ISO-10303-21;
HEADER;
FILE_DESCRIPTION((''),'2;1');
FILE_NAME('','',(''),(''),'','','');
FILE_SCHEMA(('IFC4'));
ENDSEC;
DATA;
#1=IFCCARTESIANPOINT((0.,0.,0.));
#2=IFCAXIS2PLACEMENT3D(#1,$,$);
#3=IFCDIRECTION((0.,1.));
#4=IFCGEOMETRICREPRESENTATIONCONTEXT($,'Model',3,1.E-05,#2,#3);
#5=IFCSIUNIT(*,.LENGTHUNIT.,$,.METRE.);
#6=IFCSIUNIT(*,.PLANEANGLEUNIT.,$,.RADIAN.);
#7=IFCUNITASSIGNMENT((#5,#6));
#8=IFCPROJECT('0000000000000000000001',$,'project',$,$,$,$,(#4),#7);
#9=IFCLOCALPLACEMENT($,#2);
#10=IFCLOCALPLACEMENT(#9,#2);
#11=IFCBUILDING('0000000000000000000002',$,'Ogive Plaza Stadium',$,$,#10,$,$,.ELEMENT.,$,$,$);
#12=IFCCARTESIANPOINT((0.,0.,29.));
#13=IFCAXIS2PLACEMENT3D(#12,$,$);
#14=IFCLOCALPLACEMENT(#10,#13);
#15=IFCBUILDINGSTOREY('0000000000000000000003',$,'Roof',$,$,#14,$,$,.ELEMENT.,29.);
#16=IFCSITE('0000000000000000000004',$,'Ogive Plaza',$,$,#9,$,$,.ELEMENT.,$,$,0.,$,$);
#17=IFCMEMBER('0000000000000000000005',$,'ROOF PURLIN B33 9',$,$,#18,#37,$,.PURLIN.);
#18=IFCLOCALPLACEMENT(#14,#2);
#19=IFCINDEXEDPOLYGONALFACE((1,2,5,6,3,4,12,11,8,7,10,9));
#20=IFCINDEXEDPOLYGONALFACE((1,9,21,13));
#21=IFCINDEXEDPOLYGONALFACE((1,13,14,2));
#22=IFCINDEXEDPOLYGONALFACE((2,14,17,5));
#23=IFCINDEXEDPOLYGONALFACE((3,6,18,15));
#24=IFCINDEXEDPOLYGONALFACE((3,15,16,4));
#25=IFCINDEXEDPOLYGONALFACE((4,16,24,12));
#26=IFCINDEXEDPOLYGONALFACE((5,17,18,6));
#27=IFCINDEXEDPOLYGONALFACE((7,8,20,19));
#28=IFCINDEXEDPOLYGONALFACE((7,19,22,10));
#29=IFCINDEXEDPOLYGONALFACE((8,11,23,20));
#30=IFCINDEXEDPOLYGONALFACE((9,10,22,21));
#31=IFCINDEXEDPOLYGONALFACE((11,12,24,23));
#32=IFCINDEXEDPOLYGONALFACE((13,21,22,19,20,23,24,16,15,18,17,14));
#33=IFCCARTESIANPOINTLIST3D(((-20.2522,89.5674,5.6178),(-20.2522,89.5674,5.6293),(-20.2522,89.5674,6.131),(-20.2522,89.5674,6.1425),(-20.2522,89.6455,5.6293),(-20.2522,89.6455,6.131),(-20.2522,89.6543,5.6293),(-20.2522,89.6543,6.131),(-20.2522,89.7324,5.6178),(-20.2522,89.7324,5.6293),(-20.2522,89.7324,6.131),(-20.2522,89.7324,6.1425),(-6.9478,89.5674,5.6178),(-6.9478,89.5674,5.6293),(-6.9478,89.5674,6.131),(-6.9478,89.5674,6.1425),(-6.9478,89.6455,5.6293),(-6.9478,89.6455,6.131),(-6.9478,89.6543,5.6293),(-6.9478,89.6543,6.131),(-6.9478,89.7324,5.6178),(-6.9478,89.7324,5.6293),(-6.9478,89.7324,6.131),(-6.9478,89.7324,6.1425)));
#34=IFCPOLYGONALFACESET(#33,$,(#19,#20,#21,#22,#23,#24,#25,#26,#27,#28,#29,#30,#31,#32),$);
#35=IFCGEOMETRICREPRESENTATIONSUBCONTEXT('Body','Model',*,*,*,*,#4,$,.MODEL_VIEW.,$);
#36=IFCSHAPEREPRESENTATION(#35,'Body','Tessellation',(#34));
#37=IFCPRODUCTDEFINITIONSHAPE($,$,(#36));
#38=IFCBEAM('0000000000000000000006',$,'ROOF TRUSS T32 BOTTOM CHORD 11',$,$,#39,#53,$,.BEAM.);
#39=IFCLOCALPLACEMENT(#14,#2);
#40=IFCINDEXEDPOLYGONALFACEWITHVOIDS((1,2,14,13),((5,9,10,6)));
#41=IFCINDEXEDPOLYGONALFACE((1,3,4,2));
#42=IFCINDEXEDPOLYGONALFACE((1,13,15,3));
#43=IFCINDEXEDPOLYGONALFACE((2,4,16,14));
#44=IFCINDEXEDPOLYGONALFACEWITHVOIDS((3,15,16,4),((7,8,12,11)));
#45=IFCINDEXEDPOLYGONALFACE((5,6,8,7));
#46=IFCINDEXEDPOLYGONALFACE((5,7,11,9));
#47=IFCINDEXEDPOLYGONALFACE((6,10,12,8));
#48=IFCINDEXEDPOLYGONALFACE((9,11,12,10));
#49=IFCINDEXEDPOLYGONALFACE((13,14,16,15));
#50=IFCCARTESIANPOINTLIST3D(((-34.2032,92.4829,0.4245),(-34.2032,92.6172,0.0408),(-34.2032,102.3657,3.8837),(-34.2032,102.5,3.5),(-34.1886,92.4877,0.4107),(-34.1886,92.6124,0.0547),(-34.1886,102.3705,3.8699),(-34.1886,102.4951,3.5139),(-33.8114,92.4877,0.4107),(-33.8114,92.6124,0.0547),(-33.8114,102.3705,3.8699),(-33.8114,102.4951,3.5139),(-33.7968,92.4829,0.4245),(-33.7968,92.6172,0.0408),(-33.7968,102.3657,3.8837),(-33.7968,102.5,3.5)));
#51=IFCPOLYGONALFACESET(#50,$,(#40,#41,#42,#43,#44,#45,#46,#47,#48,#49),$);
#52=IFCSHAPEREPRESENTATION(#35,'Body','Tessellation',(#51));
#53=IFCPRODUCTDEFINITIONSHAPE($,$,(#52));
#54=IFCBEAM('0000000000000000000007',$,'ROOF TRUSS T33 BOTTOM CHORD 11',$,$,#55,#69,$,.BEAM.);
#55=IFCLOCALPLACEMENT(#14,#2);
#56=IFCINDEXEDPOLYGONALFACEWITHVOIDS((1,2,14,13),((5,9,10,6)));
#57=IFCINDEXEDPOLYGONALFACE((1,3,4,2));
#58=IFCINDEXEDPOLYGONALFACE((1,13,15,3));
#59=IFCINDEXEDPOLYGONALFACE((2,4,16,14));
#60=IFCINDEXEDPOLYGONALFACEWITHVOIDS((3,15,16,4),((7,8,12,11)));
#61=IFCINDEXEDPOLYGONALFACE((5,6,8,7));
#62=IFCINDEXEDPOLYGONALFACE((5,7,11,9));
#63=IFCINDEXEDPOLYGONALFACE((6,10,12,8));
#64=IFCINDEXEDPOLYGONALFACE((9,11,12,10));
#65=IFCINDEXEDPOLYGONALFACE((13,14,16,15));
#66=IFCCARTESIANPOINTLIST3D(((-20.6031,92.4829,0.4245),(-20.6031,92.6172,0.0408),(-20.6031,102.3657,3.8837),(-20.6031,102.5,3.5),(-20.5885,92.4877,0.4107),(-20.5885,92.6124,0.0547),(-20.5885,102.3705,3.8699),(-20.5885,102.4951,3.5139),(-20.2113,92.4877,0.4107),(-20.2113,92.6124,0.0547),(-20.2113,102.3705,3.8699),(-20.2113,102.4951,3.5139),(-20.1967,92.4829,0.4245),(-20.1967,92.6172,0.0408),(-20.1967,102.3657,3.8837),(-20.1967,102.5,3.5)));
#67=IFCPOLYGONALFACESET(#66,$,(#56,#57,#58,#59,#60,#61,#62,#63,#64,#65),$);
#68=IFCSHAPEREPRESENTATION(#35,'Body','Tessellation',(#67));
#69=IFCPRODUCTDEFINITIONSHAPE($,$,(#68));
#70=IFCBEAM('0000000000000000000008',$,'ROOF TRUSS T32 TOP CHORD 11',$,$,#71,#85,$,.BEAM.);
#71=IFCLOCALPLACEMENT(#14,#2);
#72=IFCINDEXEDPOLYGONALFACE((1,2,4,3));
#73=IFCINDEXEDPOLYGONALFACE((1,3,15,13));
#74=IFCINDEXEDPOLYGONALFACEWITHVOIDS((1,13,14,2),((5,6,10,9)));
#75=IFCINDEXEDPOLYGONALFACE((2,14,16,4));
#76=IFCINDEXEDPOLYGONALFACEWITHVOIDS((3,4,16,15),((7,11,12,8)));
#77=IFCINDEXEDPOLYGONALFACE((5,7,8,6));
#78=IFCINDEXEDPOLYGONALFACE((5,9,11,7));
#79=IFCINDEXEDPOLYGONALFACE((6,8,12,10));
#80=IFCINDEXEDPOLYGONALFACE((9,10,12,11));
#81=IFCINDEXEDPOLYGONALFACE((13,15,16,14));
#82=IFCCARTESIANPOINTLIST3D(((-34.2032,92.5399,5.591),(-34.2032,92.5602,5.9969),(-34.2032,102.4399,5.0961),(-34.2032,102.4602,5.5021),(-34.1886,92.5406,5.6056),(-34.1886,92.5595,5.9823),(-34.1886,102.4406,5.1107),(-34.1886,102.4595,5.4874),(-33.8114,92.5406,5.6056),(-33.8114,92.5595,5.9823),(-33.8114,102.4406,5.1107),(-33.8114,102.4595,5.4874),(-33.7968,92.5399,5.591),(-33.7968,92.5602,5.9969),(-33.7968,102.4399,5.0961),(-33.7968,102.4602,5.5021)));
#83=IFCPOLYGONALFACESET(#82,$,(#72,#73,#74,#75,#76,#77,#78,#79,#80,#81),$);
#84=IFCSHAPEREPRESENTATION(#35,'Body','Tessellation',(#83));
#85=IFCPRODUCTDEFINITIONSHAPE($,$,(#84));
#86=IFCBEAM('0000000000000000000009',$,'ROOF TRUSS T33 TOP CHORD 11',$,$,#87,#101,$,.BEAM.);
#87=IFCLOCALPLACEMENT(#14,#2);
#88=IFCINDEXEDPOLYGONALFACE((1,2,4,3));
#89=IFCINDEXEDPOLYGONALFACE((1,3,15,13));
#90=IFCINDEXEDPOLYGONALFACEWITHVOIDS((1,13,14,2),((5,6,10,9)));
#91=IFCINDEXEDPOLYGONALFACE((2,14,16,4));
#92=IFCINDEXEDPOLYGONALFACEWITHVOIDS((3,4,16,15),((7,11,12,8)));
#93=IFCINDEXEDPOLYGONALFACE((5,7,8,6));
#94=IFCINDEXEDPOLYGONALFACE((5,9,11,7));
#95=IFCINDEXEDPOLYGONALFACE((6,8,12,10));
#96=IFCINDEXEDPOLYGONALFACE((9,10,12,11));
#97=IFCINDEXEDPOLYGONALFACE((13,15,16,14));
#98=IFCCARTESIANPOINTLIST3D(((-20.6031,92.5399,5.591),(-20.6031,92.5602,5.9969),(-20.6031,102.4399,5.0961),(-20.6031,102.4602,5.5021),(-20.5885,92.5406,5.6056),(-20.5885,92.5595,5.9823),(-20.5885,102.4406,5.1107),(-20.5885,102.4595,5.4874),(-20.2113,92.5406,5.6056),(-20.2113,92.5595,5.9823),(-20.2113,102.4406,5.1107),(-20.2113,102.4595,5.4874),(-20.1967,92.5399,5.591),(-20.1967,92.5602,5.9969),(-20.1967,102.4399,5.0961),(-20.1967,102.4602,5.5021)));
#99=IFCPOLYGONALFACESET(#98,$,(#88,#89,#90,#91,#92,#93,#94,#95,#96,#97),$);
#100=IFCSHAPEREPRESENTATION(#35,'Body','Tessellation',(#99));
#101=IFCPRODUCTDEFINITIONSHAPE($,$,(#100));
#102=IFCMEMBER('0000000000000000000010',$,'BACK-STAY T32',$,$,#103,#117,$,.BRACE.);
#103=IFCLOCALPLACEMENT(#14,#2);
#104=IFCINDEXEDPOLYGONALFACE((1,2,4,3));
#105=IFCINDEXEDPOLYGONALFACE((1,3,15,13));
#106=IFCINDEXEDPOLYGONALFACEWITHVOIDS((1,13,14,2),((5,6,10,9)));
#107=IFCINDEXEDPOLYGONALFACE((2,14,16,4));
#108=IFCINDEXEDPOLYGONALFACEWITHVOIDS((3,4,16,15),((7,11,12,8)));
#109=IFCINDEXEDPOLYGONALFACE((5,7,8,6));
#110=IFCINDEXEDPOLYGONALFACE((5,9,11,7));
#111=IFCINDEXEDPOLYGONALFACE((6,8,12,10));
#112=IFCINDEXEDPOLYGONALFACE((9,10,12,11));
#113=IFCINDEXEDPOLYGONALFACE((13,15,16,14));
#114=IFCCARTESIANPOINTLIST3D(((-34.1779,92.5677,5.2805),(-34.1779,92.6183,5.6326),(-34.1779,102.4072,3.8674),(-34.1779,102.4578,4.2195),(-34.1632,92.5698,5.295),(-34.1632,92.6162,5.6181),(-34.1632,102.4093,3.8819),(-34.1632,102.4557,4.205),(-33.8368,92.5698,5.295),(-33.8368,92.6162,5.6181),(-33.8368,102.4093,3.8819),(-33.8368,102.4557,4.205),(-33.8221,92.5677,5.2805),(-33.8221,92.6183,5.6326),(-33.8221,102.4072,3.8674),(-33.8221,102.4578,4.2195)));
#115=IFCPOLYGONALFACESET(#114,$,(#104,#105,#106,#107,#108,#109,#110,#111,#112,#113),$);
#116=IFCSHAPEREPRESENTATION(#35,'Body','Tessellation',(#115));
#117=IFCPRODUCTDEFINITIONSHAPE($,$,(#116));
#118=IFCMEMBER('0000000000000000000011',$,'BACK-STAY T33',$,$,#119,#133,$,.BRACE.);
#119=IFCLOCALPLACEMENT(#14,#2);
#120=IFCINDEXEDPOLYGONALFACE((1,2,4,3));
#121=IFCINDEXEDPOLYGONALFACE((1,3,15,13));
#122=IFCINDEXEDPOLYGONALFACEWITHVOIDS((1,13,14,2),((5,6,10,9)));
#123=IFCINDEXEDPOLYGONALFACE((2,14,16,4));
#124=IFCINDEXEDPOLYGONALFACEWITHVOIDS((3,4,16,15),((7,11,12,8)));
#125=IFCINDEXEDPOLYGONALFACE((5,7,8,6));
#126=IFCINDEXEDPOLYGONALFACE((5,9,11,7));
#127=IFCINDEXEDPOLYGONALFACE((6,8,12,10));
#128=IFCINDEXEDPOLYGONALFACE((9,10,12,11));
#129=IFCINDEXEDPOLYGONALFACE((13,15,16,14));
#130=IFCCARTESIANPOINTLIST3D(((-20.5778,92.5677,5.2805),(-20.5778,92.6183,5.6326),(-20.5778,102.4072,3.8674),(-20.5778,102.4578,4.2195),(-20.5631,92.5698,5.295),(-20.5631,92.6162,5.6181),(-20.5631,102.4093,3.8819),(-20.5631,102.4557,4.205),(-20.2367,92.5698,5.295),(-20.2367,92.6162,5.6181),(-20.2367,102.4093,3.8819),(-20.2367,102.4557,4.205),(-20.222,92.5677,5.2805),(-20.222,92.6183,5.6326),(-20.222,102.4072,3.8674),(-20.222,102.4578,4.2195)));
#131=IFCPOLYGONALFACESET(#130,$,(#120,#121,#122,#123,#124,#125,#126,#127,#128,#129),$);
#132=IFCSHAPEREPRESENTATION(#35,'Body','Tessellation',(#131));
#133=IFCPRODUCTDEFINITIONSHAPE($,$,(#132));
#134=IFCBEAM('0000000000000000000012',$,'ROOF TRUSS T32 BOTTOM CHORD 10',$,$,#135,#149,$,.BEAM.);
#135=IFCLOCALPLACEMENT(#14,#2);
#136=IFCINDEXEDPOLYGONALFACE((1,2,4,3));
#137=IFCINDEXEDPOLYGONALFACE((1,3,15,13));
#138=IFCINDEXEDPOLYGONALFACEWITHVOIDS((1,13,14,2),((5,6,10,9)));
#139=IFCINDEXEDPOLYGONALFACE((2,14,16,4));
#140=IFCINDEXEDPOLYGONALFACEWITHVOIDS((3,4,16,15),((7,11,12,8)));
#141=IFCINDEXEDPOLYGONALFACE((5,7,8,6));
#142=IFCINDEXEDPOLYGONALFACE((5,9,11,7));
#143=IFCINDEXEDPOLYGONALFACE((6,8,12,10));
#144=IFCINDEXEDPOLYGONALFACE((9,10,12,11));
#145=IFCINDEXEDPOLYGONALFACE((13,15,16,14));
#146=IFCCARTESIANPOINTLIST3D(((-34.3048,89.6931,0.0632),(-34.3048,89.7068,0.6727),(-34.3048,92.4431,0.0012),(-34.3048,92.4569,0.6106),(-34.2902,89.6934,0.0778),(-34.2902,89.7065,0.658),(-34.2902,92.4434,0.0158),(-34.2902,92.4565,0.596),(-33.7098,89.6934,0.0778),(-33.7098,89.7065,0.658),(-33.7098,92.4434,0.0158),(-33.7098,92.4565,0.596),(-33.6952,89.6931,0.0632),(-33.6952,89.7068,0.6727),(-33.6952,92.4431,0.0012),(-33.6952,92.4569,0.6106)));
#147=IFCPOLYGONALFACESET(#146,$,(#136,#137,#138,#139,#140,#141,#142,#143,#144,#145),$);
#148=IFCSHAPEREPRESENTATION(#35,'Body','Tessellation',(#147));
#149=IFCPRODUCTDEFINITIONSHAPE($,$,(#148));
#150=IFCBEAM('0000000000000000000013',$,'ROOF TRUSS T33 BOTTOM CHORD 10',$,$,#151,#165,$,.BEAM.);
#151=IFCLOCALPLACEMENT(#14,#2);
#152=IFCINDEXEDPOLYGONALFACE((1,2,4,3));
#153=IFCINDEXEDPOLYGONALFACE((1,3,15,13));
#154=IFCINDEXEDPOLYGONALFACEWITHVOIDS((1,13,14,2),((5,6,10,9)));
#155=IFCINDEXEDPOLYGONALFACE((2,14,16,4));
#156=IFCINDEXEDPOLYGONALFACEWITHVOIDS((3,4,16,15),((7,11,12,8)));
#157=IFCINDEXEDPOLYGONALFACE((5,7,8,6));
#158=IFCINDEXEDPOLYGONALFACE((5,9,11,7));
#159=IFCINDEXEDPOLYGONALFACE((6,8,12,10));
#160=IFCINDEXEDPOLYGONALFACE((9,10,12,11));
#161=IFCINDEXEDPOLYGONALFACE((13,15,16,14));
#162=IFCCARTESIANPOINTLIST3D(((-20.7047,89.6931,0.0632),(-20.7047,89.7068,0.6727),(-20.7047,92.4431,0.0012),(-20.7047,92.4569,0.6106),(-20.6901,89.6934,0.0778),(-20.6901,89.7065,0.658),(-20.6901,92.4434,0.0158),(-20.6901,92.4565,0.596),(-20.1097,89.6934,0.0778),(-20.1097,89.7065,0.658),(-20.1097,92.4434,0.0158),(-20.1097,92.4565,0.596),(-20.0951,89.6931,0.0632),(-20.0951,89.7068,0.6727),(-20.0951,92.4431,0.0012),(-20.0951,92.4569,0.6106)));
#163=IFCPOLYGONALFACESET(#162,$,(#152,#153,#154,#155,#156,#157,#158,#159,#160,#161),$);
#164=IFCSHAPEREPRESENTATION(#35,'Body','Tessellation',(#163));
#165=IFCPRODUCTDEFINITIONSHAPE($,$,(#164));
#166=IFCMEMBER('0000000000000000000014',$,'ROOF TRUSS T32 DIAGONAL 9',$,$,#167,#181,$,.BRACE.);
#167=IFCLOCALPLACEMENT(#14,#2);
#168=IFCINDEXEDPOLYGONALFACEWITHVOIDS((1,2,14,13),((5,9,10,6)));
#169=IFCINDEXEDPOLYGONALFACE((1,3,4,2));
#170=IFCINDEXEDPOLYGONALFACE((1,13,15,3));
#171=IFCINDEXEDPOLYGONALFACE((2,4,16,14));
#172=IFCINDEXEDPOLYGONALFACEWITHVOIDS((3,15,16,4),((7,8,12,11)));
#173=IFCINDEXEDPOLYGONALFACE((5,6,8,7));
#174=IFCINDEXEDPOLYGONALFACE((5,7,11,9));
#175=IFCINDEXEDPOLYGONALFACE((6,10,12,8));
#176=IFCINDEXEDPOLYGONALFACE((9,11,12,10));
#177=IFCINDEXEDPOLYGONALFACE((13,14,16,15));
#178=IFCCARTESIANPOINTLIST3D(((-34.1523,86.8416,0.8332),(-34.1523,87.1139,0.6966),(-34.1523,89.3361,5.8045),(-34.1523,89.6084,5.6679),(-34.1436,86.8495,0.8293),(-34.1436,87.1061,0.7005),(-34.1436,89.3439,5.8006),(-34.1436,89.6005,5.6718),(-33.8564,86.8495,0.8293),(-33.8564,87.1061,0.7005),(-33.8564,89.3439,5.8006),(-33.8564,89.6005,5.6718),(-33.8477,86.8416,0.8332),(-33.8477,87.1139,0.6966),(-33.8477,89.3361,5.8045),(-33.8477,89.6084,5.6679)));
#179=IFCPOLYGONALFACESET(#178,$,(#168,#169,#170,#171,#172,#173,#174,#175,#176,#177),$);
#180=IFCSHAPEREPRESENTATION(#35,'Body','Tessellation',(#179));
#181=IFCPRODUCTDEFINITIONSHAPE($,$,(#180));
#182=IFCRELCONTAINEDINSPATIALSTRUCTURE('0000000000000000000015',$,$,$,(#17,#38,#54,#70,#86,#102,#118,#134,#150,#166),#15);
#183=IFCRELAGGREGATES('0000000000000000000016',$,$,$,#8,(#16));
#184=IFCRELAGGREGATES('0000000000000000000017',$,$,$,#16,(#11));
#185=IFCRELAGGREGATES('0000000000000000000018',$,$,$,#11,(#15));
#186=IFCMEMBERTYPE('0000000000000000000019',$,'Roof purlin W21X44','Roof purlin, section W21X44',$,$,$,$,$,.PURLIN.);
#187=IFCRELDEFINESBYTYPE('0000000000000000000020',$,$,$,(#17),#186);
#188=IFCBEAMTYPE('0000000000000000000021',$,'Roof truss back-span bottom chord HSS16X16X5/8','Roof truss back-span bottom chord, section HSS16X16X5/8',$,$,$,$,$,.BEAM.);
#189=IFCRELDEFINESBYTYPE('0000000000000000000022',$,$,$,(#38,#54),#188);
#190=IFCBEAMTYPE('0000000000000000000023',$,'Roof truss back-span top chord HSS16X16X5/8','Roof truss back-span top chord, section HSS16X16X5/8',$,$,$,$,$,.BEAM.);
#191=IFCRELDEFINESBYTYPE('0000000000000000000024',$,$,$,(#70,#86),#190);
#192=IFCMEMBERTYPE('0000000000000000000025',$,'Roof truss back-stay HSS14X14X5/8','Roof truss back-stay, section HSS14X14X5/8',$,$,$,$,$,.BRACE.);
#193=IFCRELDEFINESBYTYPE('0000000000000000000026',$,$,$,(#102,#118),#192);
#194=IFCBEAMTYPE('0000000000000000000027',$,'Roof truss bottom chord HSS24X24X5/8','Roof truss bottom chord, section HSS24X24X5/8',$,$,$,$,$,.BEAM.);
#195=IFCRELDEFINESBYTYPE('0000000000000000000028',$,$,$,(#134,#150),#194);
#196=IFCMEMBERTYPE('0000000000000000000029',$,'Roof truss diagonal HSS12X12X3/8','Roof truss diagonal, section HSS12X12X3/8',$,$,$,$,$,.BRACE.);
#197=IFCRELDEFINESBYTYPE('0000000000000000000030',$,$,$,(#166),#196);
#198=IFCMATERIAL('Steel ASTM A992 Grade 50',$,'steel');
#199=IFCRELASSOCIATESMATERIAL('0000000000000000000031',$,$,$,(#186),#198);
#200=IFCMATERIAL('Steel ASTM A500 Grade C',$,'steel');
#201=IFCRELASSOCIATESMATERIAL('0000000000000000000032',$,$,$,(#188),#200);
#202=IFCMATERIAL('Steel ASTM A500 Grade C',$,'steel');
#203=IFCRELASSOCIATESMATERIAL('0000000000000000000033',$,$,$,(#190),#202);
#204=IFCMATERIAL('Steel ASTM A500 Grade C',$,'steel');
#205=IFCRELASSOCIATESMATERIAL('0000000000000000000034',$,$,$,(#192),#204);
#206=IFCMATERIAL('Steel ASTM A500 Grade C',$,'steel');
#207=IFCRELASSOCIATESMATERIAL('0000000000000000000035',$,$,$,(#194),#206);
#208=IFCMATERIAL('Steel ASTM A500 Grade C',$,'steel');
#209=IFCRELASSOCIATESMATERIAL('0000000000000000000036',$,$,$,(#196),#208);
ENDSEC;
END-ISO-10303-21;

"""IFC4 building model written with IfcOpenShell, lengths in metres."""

from ifc_helpers import new_model, si_unit, direction, frame, origin, origin_2d, place, context, subcontext, project, spatial, hollow_rectangle, i_section, extrude, material, material_profile, profile_set, type_object, element, save


model = new_model("IFC4")

# Units and contexts
model_context = context("Model", 3, precision=1e-05, world=origin(), true_north=direction((0.0, 1.0)))
body_context = subcontext(model_context, "Body", "Model", "MODEL_VIEW")
ifc_project = project(units=[si_unit("LENGTHUNIT", "METRE"), si_unit("PLANEANGLEUNIT", "RADIAN")], contexts=[model_context])

# Site, building, storey
site_placement = place(None, origin())
site = spatial("IfcSite", under=ifc_project, at=site_placement, Name="Ogive Plaza", CompositionType="ELEMENT", RefElevation=0.0)
building_placement = place(site_placement, origin())
building = spatial("IfcBuilding", under=site, at=building_placement, Name="Ogive Plaza Stadium", CompositionType="ELEMENT")
storey_placement = place(building_placement, frame((0.0, 0.0, 29.0)))
storey = spatial("IfcBuildingStorey", under=building, at=storey_placement, Name="Roof", CompositionType="ELEMENT", Elevation=29.0)

# Member
ifc_material_1 = material(Name="Steel ASTM A992 Grade 50", Category="steel")
ifc_material_profile_1 = material_profile(ifc_material_1, i_section(OverallWidth=0.165, OverallDepth=0.5247, WebThickness=0.0088, FlangeThickness=0.0115, at=origin_2d()), Name="W21X44")
ifc_profile_set_1 = profile_set([ifc_material_profile_1], Name="Steel ASTM A992 Grade 50")
member_type_1 = type_object("IfcMemberType", Name="Roof purlin W21X44", Description="Roof purlin, section W21X44", PredefinedType="PURLIN", material=ifc_profile_set_1)
member_1_placement = place(storey_placement, frame((-20.2522, 89.6499, 5.8801), z_axis=(1.0, 0.0, 0.0), x_axis=(0.0, 1.0, 0.0)))
element("IfcMember", 1, at=member_1_placement, inside=storey, type_object=member_type_1, Name="ROOF PURLIN B33 9", PredefinedType="PURLIN", context=body_context, shape_type="SweptSolid", body=[
    extrude(i_section(OverallWidth=0.165, OverallDepth=0.5247, WebThickness=0.0088, FlangeThickness=0.0115, at=origin_2d()), origin(), (0.0, 0.0, 1.0), 13.3044),
])

# Beams
ifc_material_2 = material(Name="Steel ASTM A500 Grade C", Category="steel")
ifc_material_profile_2 = material_profile(ifc_material_2, hollow_rectangle(XDim=0.4065, YDim=0.4065, WallThickness=0.0146, at=origin_2d()), Name="HSS16X16X5/8")
ifc_profile_set_2 = profile_set([ifc_material_profile_2], Name="Steel ASTM A500 Grade C")
beam_type_1 = type_object("IfcBeamType", Name="Roof truss back-span bottom chord HSS16X16X5/8", Description="Roof truss back-span bottom chord, section HSS16X16X5/8", PredefinedType="BEAM", material=ifc_profile_set_2)
for number, where, z_axis, x_axis, name in (
    (2, (-34.0, 92.55, 0.2327), (0.0, 0.943851, 0.330371), (-1.0, 0.0, 0.0), "ROOF TRUSS T32 BOTTOM CHORD 11"),
    (3, (-20.3999, 92.55, 0.2327), (0.0, 0.943851, 0.330371), (-1.0, 0.0, 0.0), "ROOF TRUSS T33 BOTTOM CHORD 11"),
):
    element("IfcBeam", number, at=place(storey_placement, frame(where, z_axis=z_axis, x_axis=x_axis)), inside=storey, type_object=beam_type_1, Name=name, PredefinedType="BEAM", context=body_context, shape_type="SweptSolid", body=[
        extrude(hollow_rectangle(XDim=0.4065, YDim=0.4065, WallThickness=0.0146, at=origin_2d()), origin(), (0.0, 0.0, 1.0), 10.4707),
    ])
ifc_material_3 = material(Name="Steel ASTM A500 Grade C", Category="steel")
ifc_material_profile_3 = material_profile(ifc_material_3, hollow_rectangle(XDim=0.4065, YDim=0.4065, WallThickness=0.0146, at=origin_2d()), Name="HSS16X16X5/8")
ifc_profile_set_3 = profile_set([ifc_material_profile_3], Name="Steel ASTM A500 Grade C")
beam_type_2 = type_object("IfcBeamType", Name="Roof truss back-span top chord HSS16X16X5/8", Description="Roof truss back-span top chord, section HSS16X16X5/8", PredefinedType="BEAM", material=ifc_profile_set_3)
for number, where, z_axis, x_axis, name in (
    (4, (-34.0, 92.55, 5.7939), (0.0, 0.998753, -0.049925), (-1.0, 0.0, 0.0), "ROOF TRUSS T32 TOP CHORD 11"),
    (5, (-20.3999, 92.55, 5.7939), (0.0, 0.998753, -0.049925), (-1.0, 0.0, 0.0), "ROOF TRUSS T33 TOP CHORD 11"),
):
    element("IfcBeam", number, at=place(storey_placement, frame(where, z_axis=z_axis, x_axis=x_axis)), inside=storey, type_object=beam_type_2, Name=name, PredefinedType="BEAM", context=body_context, shape_type="SweptSolid", body=[
        extrude(hollow_rectangle(XDim=0.4065, YDim=0.4065, WallThickness=0.0146, at=origin_2d()), origin(), (0.0, 0.0, 1.0), 9.9124),
    ])

# Members
ifc_material_4 = material(Name="Steel ASTM A500 Grade C", Category="steel")
ifc_material_profile_4 = material_profile(ifc_material_4, hollow_rectangle(XDim=0.3557, YDim=0.3557, WallThickness=0.0146, at=origin_2d()), Name="HSS14X14X5/8")
ifc_profile_set_4 = profile_set([ifc_material_profile_4], Name="Steel ASTM A500 Grade C")
member_type_2 = type_object("IfcMemberType", Name="Roof truss back-stay HSS14X14X5/8", Description="Roof truss back-stay, section HSS14X14X5/8", PredefinedType="BRACE", material=ifc_profile_set_4)
for number, where, z_axis, x_axis, name in (
    (6, (-34.0, 92.593, 5.4565), (0.0, 0.989844, -0.142157), (-1.0, 0.0, 0.0), "BACK-STAY T32"),
    (7, (-20.3999, 92.593, 5.4565), (0.0, 0.989844, -0.142157), (-1.0, 0.0, 0.0), "BACK-STAY T33"),
):
    element("IfcMember", number, at=place(storey_placement, frame(where, z_axis=z_axis, x_axis=x_axis)), inside=storey, type_object=member_type_2, Name=name, PredefinedType="BRACE", context=body_context, shape_type="SweptSolid", body=[
        extrude(hollow_rectangle(XDim=0.3557, YDim=0.3557, WallThickness=0.0146, at=origin_2d()), origin(), (0.0, 0.0, 1.0), 9.9404),
    ])

# Beams
ifc_material_5 = material(Name="Steel ASTM A500 Grade C", Category="steel")
ifc_material_profile_5 = material_profile(ifc_material_5, hollow_rectangle(XDim=0.6096, YDim=0.6096, WallThickness=0.0146, at=origin_2d()), Name="HSS24X24X5/8")
ifc_profile_set_5 = profile_set([ifc_material_profile_5], Name="Steel ASTM A500 Grade C")
beam_type_3 = type_object("IfcBeamType", Name="Roof truss bottom chord HSS24X24X5/8", Description="Roof truss bottom chord, section HSS24X24X5/8", PredefinedType="BEAM", material=ifc_profile_set_5)
for number, where, z_axis, x_axis, name in (
    (8, (-34.0, 89.7, 0.3679), (0.0, 0.999746, -0.022544), (-1.0, 0.0, 0.0), "ROOF TRUSS T32 BOTTOM CHORD 10"),
    (9, (-20.3999, 89.7, 0.3679), (0.0, 0.999746, -0.022544), (-1.0, 0.0, 0.0), "ROOF TRUSS T33 BOTTOM CHORD 10"),
):
    element("IfcBeam", number, at=place(storey_placement, frame(where, z_axis=z_axis, x_axis=x_axis)), inside=storey, type_object=beam_type_3, Name=name, PredefinedType="BEAM", context=body_context, shape_type="SweptSolid", body=[
        extrude(hollow_rectangle(XDim=0.6096, YDim=0.6096, WallThickness=0.0146, at=origin_2d()), origin(), (0.0, 0.0, 1.0), 2.7507),
    ])

# Member
ifc_material_6 = material(Name="Steel ASTM A500 Grade C", Category="steel")
ifc_material_profile_6 = material_profile(ifc_material_6, hollow_rectangle(XDim=0.3047, YDim=0.3047, WallThickness=0.0088, at=origin_2d()), Name="HSS12X12X3/8")
ifc_profile_set_6 = profile_set([ifc_material_profile_6], Name="Steel ASTM A500 Grade C")
member_type_3 = type_object("IfcMemberType", Name="Roof truss diagonal HSS12X12X3/8", Description="Roof truss diagonal, section HSS12X12X3/8", PredefinedType="BRACE", material=ifc_profile_set_6)
member_2_placement = place(storey_placement, frame((-34.0, 86.9778, 0.7649), z_axis=(0.0, 0.448477, 0.893794), x_axis=(-1.0, 0.0, 0.0)))
element("IfcMember", 10, at=member_2_placement, inside=storey, type_object=member_type_3, Name="ROOF TRUSS T32 DIAGONAL 9", PredefinedType="BRACE", context=body_context, shape_type="SweptSolid", body=[
    extrude(hollow_rectangle(XDim=0.3047, YDim=0.3047, WallThickness=0.0088, at=origin_2d()), origin(), (0.0, 0.0, 1.0), 5.562),
])

save(model, "model.ifc")
